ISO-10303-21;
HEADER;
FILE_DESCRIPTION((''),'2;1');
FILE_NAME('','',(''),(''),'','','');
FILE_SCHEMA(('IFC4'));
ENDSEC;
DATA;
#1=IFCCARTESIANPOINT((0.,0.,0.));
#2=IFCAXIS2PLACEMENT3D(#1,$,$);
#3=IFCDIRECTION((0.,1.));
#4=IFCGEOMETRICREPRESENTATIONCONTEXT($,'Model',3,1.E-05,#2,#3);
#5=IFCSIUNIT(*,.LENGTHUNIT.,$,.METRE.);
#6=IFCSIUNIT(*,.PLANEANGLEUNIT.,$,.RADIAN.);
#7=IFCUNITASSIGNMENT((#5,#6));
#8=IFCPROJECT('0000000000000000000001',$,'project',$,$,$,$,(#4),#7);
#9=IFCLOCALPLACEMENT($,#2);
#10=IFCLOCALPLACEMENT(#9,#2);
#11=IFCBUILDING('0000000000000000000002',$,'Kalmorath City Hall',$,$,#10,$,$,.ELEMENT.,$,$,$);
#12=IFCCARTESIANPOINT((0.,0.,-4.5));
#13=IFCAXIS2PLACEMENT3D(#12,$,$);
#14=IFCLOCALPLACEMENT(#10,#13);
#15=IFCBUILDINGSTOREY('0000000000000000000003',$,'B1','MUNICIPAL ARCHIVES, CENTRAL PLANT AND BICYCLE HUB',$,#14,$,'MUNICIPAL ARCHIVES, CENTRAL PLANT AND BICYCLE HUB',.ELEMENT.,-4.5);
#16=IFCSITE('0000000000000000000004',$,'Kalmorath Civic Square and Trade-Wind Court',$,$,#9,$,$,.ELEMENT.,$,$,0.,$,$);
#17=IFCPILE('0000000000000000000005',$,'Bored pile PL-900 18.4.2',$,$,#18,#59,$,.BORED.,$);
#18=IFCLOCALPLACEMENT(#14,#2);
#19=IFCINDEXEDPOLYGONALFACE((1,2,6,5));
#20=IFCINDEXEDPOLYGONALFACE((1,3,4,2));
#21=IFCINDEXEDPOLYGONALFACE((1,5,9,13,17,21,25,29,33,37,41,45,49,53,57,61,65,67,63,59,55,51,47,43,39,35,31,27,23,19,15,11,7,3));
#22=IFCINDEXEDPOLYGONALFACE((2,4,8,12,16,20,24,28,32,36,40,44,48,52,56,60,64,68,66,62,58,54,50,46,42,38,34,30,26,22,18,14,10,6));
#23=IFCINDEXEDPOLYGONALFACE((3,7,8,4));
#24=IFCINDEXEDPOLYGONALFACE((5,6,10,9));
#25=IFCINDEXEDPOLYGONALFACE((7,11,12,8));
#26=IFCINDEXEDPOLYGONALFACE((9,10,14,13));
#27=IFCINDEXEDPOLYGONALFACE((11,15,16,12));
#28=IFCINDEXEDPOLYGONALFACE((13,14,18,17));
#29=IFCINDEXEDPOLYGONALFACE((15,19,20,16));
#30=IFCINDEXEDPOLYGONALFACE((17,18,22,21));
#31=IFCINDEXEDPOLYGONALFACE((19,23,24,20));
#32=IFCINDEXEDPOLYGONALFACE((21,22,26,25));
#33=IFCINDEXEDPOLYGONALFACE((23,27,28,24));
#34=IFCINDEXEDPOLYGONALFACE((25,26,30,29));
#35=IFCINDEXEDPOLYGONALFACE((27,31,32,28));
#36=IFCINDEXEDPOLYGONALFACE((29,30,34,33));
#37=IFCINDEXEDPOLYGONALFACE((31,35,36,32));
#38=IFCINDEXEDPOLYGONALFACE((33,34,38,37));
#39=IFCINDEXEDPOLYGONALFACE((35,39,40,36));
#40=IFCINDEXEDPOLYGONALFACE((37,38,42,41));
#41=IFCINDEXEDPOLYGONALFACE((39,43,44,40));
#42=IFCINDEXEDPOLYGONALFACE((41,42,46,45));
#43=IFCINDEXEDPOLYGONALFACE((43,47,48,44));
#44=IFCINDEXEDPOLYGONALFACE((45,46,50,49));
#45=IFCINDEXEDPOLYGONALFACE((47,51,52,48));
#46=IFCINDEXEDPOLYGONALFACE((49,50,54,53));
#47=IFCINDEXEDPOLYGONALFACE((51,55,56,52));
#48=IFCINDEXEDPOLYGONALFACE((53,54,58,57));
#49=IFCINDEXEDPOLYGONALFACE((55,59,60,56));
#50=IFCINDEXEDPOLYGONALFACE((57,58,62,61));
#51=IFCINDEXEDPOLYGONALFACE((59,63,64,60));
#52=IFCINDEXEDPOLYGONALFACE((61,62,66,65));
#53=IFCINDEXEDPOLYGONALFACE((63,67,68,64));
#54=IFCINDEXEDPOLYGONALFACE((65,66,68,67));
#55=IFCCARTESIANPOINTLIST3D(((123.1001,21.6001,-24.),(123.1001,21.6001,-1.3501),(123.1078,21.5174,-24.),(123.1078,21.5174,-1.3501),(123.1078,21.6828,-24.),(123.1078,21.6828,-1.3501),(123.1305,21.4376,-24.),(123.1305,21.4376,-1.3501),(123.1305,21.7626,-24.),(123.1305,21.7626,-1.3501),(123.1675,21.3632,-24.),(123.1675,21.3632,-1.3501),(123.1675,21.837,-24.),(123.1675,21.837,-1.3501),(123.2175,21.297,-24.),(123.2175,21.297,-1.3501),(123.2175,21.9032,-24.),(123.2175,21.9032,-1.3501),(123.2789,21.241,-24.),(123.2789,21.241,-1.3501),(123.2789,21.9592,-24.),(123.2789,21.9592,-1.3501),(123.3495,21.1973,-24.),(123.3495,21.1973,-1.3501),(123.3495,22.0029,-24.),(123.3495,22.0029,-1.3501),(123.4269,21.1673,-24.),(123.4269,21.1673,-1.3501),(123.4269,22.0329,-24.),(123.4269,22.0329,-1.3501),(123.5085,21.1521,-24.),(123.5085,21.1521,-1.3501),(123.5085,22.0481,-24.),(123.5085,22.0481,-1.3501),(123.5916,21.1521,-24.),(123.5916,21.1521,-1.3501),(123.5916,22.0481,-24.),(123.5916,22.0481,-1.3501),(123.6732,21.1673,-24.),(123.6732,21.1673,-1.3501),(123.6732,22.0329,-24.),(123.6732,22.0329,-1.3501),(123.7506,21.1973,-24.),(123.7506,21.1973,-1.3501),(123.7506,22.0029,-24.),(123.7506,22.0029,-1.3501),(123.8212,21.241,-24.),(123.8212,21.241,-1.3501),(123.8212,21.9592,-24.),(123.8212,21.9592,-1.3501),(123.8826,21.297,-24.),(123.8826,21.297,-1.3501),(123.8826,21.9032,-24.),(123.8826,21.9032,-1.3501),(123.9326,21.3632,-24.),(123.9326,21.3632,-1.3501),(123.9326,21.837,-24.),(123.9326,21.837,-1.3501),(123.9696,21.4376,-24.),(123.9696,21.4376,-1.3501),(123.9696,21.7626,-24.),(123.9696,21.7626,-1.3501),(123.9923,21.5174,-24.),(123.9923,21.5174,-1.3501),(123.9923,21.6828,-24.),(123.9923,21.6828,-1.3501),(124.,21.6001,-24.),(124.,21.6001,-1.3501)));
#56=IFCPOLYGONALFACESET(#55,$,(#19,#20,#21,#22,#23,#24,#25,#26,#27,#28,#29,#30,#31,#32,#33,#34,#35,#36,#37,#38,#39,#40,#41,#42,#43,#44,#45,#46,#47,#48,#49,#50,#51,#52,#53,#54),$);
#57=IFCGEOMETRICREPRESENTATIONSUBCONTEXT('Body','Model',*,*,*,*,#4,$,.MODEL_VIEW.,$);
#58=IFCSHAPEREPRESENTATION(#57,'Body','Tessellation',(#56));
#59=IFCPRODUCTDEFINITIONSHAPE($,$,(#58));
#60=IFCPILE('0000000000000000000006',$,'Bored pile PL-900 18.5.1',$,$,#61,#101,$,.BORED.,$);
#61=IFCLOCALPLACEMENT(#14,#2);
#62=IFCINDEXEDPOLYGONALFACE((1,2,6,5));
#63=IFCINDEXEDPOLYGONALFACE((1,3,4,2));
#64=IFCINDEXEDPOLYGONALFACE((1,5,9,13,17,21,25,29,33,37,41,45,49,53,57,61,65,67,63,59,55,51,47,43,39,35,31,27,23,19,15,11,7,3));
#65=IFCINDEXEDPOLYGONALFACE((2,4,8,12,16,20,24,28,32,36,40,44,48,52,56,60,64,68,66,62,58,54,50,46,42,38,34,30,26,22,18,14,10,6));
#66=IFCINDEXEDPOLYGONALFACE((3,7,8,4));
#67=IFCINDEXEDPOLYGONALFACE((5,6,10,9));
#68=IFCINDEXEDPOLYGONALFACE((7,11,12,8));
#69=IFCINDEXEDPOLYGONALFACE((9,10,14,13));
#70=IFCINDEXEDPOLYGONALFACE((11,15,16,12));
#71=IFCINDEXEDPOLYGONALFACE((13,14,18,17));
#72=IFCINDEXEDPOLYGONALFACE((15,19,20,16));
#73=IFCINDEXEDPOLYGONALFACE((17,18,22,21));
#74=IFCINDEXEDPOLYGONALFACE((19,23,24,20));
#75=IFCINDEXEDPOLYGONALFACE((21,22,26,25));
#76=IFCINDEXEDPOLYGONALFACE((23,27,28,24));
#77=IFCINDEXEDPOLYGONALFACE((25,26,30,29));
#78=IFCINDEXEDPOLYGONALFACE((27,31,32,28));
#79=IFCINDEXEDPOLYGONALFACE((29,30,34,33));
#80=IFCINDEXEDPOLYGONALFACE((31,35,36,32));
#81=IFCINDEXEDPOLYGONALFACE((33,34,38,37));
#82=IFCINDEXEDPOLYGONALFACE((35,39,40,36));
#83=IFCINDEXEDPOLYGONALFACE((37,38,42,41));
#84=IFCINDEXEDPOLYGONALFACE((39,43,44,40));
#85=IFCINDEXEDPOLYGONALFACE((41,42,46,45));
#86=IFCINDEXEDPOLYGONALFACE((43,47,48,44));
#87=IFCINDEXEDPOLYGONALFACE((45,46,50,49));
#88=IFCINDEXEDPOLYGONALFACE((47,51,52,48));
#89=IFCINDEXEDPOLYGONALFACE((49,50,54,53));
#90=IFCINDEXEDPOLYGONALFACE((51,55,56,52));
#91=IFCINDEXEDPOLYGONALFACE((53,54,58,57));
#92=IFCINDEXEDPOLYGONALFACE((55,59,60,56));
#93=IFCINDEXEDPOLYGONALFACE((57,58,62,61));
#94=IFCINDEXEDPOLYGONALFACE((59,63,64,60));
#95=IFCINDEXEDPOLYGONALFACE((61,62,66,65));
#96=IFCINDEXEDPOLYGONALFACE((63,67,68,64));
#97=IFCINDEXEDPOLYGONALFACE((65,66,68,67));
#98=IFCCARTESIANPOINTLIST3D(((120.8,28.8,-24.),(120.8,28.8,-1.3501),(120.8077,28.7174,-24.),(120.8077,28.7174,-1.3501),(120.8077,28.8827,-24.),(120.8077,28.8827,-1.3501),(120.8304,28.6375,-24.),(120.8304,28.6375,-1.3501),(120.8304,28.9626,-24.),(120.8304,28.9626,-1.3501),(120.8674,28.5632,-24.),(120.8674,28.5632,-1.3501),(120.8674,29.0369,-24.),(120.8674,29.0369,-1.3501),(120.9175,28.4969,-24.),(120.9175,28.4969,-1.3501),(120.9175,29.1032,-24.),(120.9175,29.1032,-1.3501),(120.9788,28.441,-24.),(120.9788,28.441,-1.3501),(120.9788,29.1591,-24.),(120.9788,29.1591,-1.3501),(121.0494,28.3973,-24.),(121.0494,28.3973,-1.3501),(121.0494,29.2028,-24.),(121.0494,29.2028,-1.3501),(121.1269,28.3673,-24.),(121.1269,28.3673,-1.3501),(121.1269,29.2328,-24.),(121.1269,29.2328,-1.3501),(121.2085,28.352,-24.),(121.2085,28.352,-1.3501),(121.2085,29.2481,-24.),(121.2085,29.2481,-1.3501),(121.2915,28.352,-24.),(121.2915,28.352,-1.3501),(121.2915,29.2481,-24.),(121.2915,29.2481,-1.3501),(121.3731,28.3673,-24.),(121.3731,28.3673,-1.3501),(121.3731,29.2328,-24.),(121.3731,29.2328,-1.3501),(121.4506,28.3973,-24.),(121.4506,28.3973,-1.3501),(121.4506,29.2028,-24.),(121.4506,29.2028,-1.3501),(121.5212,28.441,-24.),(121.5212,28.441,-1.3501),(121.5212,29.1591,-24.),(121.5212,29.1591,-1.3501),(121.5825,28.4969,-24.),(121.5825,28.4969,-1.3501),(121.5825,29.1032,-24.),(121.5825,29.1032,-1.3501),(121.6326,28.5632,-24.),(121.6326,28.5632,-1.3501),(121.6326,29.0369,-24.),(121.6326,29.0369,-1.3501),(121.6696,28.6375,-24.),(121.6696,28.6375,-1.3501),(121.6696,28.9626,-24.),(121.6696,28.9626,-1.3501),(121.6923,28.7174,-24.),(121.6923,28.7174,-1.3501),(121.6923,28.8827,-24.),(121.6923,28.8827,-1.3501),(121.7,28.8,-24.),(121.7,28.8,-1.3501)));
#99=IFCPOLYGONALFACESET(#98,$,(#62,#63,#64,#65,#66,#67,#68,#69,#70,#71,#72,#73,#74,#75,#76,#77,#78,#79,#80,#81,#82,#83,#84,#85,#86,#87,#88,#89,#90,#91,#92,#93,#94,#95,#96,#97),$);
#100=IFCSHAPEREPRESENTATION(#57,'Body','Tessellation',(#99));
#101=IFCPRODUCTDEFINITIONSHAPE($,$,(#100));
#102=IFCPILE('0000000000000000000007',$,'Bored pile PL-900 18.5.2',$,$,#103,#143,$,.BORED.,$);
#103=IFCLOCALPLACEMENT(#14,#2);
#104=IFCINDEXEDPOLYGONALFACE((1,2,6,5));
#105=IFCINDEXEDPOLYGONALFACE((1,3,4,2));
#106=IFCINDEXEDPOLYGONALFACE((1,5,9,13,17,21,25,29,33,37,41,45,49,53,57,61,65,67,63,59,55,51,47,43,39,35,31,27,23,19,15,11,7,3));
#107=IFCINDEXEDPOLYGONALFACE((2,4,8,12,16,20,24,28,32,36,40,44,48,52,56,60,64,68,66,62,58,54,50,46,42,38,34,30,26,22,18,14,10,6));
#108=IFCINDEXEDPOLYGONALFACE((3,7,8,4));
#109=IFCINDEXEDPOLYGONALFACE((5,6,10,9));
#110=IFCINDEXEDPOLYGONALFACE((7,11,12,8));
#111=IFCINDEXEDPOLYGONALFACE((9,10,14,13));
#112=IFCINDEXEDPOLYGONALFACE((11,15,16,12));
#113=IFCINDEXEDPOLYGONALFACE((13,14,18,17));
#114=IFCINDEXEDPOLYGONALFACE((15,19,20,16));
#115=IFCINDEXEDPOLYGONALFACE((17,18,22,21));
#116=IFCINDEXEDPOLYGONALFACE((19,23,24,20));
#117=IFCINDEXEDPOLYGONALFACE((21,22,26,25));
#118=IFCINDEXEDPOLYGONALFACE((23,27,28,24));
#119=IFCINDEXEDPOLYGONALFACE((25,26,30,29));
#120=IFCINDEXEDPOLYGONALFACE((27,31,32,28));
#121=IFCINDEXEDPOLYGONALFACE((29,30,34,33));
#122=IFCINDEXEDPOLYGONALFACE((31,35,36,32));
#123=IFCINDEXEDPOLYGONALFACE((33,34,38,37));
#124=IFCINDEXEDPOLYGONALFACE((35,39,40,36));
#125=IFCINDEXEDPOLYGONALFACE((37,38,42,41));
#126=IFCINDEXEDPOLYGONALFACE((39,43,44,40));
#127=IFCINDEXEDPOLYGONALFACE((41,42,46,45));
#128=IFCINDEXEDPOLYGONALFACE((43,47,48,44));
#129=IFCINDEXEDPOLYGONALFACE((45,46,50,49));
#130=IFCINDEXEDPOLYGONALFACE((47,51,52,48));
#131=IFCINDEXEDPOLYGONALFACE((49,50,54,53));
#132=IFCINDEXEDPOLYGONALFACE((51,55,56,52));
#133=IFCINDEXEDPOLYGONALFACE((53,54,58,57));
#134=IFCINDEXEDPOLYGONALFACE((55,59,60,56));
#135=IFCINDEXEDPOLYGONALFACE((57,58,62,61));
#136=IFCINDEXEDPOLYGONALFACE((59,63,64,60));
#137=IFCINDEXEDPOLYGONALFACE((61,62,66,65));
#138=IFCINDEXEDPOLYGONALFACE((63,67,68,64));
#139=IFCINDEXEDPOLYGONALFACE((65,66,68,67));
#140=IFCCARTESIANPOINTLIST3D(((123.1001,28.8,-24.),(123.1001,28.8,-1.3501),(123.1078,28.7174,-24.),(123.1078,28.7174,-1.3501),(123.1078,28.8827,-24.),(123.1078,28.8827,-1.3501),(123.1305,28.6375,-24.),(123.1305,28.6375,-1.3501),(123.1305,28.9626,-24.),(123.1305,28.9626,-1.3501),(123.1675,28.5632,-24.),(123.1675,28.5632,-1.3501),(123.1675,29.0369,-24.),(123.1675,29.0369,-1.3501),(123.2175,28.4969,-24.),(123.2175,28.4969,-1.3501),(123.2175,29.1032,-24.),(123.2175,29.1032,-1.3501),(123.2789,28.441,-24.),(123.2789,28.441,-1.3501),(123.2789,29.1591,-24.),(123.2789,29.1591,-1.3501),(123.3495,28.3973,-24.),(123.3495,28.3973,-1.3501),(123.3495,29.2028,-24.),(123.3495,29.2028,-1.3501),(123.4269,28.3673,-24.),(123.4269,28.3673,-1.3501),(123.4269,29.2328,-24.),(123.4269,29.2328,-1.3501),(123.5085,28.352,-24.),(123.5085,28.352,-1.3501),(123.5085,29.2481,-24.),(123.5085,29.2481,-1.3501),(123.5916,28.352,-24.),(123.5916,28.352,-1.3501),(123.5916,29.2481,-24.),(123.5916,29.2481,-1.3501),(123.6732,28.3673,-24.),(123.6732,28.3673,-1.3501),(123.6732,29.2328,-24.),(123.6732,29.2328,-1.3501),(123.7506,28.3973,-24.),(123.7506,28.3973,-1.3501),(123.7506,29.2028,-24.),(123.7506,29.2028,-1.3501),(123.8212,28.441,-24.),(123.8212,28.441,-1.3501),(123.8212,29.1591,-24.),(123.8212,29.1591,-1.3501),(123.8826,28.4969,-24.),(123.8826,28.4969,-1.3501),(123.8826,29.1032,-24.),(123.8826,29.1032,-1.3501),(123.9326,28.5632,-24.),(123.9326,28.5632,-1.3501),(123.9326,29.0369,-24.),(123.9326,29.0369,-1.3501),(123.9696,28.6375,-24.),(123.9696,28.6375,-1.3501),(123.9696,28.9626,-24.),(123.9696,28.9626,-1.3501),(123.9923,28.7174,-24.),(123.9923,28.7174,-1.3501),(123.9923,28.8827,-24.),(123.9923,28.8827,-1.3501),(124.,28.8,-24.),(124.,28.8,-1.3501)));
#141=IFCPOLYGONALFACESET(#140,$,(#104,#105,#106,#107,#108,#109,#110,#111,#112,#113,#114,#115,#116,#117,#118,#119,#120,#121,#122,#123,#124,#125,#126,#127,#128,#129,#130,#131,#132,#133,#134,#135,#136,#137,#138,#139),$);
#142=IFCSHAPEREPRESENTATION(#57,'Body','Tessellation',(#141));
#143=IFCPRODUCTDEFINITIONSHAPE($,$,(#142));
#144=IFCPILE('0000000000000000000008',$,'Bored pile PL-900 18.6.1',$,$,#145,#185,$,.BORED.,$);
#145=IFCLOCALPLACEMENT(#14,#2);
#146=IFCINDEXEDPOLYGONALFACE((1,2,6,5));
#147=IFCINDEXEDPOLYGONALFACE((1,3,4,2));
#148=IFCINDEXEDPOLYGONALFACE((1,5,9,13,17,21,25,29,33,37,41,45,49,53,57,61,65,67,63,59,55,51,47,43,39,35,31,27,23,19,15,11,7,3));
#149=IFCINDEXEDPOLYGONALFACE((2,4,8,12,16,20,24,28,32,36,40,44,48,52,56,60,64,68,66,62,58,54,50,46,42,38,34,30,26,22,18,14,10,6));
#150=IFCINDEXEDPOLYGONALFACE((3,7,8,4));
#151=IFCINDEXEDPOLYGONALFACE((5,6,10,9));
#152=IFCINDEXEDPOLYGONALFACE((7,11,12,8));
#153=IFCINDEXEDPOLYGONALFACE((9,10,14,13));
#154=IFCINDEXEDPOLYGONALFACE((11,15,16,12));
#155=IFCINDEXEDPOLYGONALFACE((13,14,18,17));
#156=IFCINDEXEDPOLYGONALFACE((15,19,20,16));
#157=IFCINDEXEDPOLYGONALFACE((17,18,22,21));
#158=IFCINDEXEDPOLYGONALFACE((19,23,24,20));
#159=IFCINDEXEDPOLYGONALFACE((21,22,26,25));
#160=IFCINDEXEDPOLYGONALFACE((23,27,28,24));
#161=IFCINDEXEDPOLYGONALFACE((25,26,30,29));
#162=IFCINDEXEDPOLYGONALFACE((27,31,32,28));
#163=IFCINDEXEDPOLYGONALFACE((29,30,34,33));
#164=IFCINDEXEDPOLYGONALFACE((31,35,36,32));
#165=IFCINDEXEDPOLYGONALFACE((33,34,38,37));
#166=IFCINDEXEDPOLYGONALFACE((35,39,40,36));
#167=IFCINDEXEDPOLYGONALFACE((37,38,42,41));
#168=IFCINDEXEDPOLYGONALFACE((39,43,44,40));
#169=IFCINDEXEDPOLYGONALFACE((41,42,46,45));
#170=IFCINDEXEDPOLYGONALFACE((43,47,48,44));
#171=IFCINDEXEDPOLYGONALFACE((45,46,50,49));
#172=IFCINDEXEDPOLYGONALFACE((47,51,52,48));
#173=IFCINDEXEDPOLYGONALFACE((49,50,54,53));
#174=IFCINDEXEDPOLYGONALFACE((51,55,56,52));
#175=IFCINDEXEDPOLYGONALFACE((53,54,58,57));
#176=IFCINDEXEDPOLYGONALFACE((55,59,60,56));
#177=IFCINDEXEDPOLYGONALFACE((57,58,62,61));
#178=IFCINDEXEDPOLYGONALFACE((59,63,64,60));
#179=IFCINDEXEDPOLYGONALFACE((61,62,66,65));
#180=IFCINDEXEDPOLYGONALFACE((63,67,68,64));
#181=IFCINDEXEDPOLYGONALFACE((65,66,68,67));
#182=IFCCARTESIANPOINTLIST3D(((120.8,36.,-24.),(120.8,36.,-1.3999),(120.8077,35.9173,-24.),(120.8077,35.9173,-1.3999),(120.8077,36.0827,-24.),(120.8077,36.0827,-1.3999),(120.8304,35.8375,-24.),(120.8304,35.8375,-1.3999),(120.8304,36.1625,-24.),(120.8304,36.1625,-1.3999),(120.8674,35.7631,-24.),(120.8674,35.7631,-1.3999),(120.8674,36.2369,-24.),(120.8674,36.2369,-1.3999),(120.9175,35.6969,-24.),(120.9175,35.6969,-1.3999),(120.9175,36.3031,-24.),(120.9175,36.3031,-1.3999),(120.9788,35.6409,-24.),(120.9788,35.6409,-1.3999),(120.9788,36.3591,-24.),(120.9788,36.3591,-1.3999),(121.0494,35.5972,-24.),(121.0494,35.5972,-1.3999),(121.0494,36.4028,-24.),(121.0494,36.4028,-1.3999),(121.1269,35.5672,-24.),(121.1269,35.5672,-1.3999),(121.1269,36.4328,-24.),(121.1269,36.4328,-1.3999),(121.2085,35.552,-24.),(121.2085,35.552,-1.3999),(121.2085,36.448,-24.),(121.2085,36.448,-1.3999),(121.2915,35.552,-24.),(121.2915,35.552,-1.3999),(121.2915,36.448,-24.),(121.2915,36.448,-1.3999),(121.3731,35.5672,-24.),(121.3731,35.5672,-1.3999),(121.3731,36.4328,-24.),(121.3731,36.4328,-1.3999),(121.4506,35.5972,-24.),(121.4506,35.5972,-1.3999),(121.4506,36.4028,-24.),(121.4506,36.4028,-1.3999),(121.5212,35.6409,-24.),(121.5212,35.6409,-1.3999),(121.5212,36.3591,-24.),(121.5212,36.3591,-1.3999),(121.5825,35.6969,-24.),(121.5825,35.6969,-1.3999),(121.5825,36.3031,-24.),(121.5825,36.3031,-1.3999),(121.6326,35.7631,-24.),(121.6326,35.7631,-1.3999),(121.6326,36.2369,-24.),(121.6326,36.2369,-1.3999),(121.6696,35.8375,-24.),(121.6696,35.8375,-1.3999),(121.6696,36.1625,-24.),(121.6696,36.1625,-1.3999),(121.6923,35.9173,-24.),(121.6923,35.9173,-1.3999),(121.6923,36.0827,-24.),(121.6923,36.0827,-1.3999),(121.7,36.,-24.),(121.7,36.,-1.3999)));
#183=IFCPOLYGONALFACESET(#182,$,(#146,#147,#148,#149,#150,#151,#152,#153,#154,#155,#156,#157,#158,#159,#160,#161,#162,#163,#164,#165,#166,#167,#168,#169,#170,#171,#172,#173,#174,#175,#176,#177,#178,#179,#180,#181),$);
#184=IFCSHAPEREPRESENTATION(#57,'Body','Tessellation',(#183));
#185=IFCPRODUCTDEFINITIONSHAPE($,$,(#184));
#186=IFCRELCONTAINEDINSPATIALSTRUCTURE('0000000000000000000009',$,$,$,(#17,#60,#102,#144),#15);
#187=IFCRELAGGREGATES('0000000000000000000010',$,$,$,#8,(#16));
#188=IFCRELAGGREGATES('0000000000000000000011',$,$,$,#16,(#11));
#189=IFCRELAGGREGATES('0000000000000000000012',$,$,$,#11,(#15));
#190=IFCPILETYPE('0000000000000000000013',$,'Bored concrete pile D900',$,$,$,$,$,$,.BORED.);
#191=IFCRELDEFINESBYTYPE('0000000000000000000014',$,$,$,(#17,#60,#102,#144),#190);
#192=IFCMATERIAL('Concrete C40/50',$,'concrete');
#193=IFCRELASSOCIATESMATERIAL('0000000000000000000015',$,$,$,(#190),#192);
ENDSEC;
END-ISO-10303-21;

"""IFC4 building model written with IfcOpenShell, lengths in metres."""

from ifc_helpers import new_model, si_unit, direction, frame, origin, origin_2d, place, context, subcontext, project, spatial, circle, extrude, material, material_profile, profile_set, type_object, element, save


model = new_model("IFC4")

# Units and contexts
model_context = context("Model", 3, precision=1e-05, world=origin(), true_north=direction((0.0, 1.0)))
body_context = subcontext(model_context, "Body", "Model", "MODEL_VIEW")
ifc_project = project(units=[si_unit("LENGTHUNIT", "METRE"), si_unit("PLANEANGLEUNIT", "RADIAN")], contexts=[model_context])

# Site, building, storey
site_placement = place(None, origin())
site = spatial("IfcSite", under=ifc_project, at=site_placement, Name="Kalmorath Civic Square and Trade-Wind Court", CompositionType="ELEMENT", RefElevation=0.0)
building_placement = place(site_placement, origin())
building = spatial("IfcBuilding", under=site, at=building_placement, Name="Kalmorath City Hall", CompositionType="ELEMENT")
storey_placement = place(building_placement, frame((0.0, 0.0, -4.5)))
storey = spatial("IfcBuildingStorey", under=building, at=storey_placement, Name="B1", Description="MUNICIPAL ARCHIVES, CENTRAL PLANT AND BICYCLE HUB", LongName="MUNICIPAL ARCHIVES, CENTRAL PLANT AND BICYCLE HUB", CompositionType="ELEMENT", Elevation=-4.5)

# Piles
ifc_material_1 = material(Name="Concrete C40/50", Category="concrete")
ifc_material_profile_1 = material_profile(ifc_material_1, circle(Radius=0.45, at=origin_2d()), Name="PILE-D900")
ifc_profile_set_1 = profile_set([ifc_material_profile_1], Name="Concrete C40/50")
pile_type = type_object("IfcPileType", Name="Bored concrete pile D900", PredefinedType="BORED", material=ifc_profile_set_1)
for number, where, z_axis, x_axis, name in (
    (1, (123.55, 21.6001, -1.3501), (0.0, 0.0, -1.0), (1.0, 0.0, 0.0), "Bored pile PL-900 18.4.2"),
    (2, (121.25, 28.8, -1.3501), (0.0, 0.0, -1.0), (1.0, 0.0, 0.0), "Bored pile PL-900 18.5.1"),
    (3, (123.55, 28.8, -1.3501), (0.0, 0.0, -1.0), (1.0, 0.0, 0.0), "Bored pile PL-900 18.5.2"),
):
    element("IfcPile", number, at=place(storey_placement, frame(where, z_axis=z_axis, x_axis=x_axis)), inside=storey, type_object=pile_type, Name=name, PredefinedType="BORED", context=body_context, shape_type="SweptSolid", body=[
        extrude(circle(Radius=0.45, at=origin_2d()), origin(), (0.0, 0.0, 1.0), 22.6499),
    ])
for number, where, z_axis, x_axis, name in (
    (4, (121.25, 36.0, -1.3999), (0.0, 0.0, -1.0), (1.0, 0.0, 0.0), "Bored pile PL-900 18.6.1"),
):
    element("IfcPile", number, at=place(storey_placement, frame(where, z_axis=z_axis, x_axis=x_axis)), inside=storey, type_object=pile_type, Name=name, PredefinedType="BORED", context=body_context, shape_type="SweptSolid", body=[
        extrude(circle(Radius=0.45, at=origin_2d()), origin(), (0.0, 0.0, 1.0), 22.6001),
    ])

save(model, "model.ifc")
